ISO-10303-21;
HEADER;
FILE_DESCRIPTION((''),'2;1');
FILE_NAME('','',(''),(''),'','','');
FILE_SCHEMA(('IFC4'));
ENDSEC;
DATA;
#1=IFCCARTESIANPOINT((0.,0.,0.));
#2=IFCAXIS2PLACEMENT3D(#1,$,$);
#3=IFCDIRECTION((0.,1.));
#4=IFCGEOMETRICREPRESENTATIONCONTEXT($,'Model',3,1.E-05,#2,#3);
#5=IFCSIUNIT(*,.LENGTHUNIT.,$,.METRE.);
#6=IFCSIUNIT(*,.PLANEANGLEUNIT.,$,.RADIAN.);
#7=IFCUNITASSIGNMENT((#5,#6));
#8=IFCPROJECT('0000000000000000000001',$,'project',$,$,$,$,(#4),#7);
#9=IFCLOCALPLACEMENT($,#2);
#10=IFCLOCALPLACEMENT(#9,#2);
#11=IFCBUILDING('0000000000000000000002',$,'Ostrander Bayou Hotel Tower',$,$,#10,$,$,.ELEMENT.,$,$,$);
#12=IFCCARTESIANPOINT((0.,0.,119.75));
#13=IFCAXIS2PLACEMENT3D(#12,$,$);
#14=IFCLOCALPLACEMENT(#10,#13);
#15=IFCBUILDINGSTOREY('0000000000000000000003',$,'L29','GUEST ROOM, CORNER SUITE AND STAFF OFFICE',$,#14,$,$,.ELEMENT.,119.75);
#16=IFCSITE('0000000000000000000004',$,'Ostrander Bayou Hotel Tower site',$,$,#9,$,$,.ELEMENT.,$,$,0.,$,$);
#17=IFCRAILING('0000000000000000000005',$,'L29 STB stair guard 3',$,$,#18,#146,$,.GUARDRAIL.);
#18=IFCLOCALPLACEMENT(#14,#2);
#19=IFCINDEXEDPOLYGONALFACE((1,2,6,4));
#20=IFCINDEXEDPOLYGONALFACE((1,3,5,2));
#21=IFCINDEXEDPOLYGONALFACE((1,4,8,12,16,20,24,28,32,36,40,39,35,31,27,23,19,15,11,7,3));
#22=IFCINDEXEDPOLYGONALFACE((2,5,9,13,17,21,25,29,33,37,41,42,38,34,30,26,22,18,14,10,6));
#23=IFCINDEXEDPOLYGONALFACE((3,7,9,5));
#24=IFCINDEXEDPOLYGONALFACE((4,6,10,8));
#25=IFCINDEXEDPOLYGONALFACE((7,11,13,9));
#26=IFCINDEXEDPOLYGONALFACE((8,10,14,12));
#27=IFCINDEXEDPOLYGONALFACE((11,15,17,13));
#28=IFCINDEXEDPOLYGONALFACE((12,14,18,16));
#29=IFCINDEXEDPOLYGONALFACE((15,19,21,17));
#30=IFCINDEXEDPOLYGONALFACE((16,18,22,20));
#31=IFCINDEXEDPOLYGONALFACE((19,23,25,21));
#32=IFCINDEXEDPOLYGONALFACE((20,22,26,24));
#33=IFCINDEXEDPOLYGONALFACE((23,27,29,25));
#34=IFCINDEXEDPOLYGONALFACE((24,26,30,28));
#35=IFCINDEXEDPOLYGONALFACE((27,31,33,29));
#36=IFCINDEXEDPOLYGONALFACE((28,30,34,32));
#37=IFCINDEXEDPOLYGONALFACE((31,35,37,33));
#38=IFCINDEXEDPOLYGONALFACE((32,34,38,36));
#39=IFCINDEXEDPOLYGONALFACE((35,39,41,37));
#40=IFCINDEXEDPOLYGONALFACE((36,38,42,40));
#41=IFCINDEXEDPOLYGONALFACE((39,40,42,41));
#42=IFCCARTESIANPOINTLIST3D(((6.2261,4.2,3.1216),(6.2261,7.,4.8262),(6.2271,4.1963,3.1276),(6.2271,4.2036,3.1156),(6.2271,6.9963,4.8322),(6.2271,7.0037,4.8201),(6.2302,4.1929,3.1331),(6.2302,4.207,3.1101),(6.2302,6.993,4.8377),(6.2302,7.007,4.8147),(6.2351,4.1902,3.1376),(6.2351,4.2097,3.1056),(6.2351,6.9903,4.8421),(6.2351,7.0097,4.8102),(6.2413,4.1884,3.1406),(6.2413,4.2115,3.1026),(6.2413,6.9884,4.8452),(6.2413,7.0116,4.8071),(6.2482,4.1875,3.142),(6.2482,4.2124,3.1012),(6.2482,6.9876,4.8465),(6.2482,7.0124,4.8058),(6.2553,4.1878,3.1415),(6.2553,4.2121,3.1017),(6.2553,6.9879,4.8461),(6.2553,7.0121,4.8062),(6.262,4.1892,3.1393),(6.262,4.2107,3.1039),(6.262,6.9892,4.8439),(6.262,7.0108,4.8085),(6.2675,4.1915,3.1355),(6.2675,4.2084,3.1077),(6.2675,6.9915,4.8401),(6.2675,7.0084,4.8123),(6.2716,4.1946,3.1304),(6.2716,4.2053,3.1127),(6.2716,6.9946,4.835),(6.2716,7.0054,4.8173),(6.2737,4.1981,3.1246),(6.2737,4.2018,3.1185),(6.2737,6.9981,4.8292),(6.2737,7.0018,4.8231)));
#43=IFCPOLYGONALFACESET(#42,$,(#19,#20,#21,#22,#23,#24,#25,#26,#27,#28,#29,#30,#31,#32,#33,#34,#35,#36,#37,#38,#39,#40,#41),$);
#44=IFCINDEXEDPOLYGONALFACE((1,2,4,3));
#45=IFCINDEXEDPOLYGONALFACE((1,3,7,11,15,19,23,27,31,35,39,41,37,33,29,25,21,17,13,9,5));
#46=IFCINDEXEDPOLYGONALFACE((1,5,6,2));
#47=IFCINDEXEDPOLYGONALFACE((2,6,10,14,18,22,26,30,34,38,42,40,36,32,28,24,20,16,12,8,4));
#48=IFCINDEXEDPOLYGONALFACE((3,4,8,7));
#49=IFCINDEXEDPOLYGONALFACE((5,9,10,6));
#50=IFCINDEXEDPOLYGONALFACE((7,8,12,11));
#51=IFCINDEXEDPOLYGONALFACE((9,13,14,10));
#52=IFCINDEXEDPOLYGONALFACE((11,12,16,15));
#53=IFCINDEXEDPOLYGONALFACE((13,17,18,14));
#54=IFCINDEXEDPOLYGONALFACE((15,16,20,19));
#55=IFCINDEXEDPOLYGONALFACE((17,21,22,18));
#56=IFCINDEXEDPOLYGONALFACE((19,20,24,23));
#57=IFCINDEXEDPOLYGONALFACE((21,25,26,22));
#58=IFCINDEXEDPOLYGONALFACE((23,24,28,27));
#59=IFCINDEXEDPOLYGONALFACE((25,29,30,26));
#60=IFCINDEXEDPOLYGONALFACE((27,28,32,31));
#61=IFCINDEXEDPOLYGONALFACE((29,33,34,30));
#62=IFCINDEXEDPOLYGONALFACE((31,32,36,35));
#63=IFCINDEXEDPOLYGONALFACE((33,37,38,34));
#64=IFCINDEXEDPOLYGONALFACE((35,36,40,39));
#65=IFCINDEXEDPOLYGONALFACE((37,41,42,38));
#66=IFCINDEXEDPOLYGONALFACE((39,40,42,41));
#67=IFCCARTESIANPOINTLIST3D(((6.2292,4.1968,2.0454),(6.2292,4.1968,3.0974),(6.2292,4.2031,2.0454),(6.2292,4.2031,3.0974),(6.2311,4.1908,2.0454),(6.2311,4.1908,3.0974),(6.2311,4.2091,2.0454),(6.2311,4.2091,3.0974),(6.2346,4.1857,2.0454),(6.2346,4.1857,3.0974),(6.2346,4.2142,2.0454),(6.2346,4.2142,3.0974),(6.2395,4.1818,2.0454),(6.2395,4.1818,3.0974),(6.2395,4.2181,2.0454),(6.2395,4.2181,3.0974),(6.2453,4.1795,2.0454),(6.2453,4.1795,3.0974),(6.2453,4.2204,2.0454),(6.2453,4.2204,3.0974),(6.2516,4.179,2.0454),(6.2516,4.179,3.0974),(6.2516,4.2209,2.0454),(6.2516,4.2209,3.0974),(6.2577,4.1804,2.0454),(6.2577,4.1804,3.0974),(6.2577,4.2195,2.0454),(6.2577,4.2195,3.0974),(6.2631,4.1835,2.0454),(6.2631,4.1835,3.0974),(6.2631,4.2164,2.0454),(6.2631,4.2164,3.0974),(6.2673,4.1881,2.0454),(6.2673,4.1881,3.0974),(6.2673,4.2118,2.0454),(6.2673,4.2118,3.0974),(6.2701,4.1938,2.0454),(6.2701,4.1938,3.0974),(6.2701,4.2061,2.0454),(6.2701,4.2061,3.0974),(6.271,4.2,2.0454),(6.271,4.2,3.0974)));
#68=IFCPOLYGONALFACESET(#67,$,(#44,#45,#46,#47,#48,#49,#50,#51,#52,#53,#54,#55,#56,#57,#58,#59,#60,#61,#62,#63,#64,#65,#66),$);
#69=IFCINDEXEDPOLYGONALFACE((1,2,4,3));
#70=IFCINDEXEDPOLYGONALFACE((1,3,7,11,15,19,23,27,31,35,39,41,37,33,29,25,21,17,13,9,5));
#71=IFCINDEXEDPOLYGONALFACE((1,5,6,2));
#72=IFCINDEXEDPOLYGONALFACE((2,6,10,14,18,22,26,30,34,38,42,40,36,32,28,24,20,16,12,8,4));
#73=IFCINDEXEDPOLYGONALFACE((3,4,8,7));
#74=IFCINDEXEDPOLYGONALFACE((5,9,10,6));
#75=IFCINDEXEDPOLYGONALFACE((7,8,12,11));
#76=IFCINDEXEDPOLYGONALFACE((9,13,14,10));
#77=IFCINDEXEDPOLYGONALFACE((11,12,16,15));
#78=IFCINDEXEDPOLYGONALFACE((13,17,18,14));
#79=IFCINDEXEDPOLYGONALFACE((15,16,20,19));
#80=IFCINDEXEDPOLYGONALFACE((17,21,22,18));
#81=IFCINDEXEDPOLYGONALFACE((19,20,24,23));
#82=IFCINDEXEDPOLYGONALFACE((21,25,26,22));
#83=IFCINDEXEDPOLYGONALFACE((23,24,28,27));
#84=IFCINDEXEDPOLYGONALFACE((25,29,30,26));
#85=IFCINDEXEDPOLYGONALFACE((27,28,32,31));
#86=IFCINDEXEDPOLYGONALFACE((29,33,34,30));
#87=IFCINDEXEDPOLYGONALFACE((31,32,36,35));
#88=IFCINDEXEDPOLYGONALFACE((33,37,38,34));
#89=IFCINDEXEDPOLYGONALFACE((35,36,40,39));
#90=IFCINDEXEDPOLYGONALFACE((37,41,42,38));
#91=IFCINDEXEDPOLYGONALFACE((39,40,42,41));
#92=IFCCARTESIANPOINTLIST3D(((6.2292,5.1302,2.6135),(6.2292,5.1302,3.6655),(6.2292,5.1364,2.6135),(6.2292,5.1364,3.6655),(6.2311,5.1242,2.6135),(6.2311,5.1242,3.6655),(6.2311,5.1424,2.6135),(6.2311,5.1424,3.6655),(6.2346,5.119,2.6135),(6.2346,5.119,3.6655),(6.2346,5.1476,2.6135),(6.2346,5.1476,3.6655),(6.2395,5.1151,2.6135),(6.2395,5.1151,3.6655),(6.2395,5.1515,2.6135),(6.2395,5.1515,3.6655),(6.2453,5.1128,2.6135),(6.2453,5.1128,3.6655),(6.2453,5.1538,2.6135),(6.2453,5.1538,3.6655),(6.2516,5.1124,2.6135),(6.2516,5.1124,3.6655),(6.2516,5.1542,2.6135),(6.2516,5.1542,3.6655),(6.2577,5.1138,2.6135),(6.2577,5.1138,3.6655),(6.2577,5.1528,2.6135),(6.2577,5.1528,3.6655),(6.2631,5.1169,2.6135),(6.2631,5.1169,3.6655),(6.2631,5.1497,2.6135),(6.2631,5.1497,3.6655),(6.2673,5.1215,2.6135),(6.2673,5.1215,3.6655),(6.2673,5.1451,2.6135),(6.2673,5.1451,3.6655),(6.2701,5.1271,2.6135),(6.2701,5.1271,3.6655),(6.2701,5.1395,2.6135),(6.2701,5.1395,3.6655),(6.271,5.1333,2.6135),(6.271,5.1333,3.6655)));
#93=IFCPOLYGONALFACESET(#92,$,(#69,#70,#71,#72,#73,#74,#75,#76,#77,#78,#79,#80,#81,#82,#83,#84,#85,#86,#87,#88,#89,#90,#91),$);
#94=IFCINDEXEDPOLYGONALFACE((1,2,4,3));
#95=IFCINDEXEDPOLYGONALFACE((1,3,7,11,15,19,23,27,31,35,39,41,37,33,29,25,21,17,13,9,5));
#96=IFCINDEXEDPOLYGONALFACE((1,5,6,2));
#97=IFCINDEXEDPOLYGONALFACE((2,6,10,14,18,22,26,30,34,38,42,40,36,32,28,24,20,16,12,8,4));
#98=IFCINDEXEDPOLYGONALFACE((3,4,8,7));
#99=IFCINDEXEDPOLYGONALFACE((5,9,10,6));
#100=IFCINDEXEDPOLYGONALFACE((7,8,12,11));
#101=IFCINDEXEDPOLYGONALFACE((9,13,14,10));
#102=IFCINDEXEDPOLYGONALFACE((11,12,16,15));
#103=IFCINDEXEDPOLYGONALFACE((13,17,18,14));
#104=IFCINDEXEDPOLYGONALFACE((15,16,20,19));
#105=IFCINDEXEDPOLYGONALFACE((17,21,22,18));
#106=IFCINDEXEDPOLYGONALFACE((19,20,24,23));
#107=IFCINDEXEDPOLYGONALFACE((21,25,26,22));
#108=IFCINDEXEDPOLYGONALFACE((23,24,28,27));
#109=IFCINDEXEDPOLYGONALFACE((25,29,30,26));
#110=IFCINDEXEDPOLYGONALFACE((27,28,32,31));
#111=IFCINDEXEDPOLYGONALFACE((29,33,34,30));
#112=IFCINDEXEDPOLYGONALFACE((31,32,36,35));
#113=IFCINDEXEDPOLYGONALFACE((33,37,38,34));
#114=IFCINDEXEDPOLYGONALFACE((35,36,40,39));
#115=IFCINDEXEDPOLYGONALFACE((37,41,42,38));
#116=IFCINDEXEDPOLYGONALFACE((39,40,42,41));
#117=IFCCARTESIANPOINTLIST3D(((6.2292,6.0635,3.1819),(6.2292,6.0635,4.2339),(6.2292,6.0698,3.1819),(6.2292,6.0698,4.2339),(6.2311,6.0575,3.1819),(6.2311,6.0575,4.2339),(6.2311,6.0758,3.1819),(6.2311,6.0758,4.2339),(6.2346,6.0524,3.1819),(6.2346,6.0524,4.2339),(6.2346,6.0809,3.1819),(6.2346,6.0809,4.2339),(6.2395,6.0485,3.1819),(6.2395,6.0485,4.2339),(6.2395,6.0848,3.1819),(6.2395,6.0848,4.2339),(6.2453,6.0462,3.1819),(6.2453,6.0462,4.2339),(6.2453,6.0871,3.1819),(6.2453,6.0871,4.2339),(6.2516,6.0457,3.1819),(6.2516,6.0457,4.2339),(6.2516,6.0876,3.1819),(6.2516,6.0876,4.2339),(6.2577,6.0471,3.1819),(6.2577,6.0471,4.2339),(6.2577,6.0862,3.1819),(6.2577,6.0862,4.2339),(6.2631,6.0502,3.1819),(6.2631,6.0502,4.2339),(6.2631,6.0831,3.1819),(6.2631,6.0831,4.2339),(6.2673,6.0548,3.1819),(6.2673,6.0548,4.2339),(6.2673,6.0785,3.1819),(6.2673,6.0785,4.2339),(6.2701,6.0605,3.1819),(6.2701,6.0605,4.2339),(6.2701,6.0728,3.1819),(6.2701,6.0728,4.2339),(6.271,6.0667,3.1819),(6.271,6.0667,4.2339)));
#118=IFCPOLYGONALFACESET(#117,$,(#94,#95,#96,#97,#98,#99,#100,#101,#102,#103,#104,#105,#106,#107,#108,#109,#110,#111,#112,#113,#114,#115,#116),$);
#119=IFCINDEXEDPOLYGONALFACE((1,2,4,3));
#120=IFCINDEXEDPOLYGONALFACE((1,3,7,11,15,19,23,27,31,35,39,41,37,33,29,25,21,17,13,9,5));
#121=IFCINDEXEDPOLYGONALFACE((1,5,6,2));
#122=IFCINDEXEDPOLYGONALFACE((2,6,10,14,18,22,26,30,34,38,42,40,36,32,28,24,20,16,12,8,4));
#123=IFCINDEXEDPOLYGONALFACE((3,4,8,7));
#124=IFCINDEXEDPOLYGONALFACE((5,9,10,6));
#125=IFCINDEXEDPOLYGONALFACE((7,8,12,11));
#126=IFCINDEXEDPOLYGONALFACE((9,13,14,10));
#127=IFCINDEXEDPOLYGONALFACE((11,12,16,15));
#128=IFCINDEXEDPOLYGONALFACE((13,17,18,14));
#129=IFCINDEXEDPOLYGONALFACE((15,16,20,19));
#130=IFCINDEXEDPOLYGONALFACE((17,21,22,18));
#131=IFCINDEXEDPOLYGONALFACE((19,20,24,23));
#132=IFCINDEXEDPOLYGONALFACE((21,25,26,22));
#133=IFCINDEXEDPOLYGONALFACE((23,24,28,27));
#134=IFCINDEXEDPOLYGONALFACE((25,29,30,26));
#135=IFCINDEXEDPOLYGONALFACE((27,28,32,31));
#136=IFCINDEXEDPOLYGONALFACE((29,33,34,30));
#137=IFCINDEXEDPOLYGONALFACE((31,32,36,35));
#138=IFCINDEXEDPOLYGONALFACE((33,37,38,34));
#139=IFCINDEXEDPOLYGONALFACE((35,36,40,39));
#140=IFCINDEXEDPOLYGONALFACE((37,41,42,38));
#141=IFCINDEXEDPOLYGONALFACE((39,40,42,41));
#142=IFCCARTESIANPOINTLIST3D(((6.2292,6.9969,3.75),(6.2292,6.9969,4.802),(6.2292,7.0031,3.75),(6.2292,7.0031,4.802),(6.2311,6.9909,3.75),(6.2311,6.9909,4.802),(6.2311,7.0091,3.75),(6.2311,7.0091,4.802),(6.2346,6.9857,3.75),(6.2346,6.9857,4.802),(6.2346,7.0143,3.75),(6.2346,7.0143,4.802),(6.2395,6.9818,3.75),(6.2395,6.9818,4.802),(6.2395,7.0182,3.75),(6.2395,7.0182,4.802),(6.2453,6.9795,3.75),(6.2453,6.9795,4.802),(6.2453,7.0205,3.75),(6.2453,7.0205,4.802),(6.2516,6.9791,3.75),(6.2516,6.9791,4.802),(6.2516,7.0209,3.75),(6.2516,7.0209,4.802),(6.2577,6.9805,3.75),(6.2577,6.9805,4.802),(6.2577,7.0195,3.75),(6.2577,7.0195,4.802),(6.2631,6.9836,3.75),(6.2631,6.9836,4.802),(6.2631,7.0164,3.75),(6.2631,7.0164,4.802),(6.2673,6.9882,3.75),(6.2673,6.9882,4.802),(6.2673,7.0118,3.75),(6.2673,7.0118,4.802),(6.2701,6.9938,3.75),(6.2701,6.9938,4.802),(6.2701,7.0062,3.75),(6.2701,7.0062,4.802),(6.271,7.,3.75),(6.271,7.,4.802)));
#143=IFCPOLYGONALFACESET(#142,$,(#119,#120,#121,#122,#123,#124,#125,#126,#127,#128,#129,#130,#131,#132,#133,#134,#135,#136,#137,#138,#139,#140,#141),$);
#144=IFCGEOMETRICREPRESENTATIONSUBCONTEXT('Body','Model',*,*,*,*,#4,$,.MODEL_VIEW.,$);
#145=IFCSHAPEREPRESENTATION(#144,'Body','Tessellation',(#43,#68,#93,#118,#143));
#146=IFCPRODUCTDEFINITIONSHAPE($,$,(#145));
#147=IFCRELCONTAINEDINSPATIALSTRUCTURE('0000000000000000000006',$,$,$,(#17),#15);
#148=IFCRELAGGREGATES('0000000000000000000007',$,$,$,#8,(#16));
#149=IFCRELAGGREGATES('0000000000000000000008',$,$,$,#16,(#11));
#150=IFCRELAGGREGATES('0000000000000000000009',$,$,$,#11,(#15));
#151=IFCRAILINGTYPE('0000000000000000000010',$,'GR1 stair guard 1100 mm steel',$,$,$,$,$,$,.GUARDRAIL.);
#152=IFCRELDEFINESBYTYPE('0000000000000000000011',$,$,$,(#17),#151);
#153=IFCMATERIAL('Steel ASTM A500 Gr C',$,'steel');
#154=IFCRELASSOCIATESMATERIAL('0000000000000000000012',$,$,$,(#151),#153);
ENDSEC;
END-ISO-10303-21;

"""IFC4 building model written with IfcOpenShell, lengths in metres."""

from ifc_helpers import new_model, si_unit, direction, frame, origin, origin_2d, place, context, subcontext, project, spatial, circle, extrude, material, type_object, element, save


model = new_model("IFC4")

# Units and contexts
model_context = context("Model", 3, precision=1e-05, world=origin(), true_north=direction((0.0, 1.0)))
body_context = subcontext(model_context, "Body", "Model", "MODEL_VIEW")
ifc_project = project(units=[si_unit("LENGTHUNIT", "METRE"), si_unit("PLANEANGLEUNIT", "RADIAN")], contexts=[model_context])

# Site, building, storey
site_placement = place(None, origin())
site = spatial("IfcSite", under=ifc_project, at=site_placement, Name="Ostrander Bayou Hotel Tower site", CompositionType="ELEMENT", RefElevation=0.0)
building_placement = place(site_placement, origin())
building = spatial("IfcBuilding", under=site, at=building_placement, Name="Ostrander Bayou Hotel Tower", CompositionType="ELEMENT")
storey_placement = place(building_placement, frame((0.0, 0.0, 119.75)))
storey = spatial("IfcBuildingStorey", under=building, at=storey_placement, Name="L29", Description="GUEST ROOM, CORNER SUITE AND STAFF OFFICE", CompositionType="ELEMENT", Elevation=119.75)

# Railing
ifc_material_1 = material(Name="Steel ASTM A500 Gr C", Category="steel")
railing_type_1 = type_object("IfcRailingType", Name="GR1 stair guard 1100 mm steel", PredefinedType="GUARDRAIL", material=ifc_material_1)
railing_1_placement = place(storey_placement, frame((6.25, 4.2, 2.0454)))
element("IfcRailing", 1, at=railing_1_placement, inside=storey, type_object=railing_type_1, Name="L29 STB stair guard 3", PredefinedType="GUARDRAIL", context=body_context, shape_type="SweptSolid", body=[
    extrude(circle(Radius=0.0239, at=origin_2d()), frame((0.0, 0.0, 1.0762), z_axis=(0.0, 0.85417, 0.519994), x_axis=(-1.0, 0.0, 0.0)), (0.0, 0.0, 1.0), 3.2781),
    extrude(circle(Radius=0.021, at=origin_2d()), origin(), (0.0, 0.0, 1.0), 1.052),
    extrude(circle(Radius=0.021, at=origin_2d()), frame((0.0, 0.9333, 0.5681)), (0.0, 0.0, 1.0), 1.052),
    extrude(circle(Radius=0.021, at=origin_2d()), frame((0.0, 1.8667, 1.1365)), (0.0, 0.0, 1.0), 1.052),
    extrude(circle(Radius=0.021, at=origin_2d()), frame((0.0, 2.8, 1.7046)), (0.0, 0.0, 1.0), 1.052),
])

save(model, "model.ifc")
